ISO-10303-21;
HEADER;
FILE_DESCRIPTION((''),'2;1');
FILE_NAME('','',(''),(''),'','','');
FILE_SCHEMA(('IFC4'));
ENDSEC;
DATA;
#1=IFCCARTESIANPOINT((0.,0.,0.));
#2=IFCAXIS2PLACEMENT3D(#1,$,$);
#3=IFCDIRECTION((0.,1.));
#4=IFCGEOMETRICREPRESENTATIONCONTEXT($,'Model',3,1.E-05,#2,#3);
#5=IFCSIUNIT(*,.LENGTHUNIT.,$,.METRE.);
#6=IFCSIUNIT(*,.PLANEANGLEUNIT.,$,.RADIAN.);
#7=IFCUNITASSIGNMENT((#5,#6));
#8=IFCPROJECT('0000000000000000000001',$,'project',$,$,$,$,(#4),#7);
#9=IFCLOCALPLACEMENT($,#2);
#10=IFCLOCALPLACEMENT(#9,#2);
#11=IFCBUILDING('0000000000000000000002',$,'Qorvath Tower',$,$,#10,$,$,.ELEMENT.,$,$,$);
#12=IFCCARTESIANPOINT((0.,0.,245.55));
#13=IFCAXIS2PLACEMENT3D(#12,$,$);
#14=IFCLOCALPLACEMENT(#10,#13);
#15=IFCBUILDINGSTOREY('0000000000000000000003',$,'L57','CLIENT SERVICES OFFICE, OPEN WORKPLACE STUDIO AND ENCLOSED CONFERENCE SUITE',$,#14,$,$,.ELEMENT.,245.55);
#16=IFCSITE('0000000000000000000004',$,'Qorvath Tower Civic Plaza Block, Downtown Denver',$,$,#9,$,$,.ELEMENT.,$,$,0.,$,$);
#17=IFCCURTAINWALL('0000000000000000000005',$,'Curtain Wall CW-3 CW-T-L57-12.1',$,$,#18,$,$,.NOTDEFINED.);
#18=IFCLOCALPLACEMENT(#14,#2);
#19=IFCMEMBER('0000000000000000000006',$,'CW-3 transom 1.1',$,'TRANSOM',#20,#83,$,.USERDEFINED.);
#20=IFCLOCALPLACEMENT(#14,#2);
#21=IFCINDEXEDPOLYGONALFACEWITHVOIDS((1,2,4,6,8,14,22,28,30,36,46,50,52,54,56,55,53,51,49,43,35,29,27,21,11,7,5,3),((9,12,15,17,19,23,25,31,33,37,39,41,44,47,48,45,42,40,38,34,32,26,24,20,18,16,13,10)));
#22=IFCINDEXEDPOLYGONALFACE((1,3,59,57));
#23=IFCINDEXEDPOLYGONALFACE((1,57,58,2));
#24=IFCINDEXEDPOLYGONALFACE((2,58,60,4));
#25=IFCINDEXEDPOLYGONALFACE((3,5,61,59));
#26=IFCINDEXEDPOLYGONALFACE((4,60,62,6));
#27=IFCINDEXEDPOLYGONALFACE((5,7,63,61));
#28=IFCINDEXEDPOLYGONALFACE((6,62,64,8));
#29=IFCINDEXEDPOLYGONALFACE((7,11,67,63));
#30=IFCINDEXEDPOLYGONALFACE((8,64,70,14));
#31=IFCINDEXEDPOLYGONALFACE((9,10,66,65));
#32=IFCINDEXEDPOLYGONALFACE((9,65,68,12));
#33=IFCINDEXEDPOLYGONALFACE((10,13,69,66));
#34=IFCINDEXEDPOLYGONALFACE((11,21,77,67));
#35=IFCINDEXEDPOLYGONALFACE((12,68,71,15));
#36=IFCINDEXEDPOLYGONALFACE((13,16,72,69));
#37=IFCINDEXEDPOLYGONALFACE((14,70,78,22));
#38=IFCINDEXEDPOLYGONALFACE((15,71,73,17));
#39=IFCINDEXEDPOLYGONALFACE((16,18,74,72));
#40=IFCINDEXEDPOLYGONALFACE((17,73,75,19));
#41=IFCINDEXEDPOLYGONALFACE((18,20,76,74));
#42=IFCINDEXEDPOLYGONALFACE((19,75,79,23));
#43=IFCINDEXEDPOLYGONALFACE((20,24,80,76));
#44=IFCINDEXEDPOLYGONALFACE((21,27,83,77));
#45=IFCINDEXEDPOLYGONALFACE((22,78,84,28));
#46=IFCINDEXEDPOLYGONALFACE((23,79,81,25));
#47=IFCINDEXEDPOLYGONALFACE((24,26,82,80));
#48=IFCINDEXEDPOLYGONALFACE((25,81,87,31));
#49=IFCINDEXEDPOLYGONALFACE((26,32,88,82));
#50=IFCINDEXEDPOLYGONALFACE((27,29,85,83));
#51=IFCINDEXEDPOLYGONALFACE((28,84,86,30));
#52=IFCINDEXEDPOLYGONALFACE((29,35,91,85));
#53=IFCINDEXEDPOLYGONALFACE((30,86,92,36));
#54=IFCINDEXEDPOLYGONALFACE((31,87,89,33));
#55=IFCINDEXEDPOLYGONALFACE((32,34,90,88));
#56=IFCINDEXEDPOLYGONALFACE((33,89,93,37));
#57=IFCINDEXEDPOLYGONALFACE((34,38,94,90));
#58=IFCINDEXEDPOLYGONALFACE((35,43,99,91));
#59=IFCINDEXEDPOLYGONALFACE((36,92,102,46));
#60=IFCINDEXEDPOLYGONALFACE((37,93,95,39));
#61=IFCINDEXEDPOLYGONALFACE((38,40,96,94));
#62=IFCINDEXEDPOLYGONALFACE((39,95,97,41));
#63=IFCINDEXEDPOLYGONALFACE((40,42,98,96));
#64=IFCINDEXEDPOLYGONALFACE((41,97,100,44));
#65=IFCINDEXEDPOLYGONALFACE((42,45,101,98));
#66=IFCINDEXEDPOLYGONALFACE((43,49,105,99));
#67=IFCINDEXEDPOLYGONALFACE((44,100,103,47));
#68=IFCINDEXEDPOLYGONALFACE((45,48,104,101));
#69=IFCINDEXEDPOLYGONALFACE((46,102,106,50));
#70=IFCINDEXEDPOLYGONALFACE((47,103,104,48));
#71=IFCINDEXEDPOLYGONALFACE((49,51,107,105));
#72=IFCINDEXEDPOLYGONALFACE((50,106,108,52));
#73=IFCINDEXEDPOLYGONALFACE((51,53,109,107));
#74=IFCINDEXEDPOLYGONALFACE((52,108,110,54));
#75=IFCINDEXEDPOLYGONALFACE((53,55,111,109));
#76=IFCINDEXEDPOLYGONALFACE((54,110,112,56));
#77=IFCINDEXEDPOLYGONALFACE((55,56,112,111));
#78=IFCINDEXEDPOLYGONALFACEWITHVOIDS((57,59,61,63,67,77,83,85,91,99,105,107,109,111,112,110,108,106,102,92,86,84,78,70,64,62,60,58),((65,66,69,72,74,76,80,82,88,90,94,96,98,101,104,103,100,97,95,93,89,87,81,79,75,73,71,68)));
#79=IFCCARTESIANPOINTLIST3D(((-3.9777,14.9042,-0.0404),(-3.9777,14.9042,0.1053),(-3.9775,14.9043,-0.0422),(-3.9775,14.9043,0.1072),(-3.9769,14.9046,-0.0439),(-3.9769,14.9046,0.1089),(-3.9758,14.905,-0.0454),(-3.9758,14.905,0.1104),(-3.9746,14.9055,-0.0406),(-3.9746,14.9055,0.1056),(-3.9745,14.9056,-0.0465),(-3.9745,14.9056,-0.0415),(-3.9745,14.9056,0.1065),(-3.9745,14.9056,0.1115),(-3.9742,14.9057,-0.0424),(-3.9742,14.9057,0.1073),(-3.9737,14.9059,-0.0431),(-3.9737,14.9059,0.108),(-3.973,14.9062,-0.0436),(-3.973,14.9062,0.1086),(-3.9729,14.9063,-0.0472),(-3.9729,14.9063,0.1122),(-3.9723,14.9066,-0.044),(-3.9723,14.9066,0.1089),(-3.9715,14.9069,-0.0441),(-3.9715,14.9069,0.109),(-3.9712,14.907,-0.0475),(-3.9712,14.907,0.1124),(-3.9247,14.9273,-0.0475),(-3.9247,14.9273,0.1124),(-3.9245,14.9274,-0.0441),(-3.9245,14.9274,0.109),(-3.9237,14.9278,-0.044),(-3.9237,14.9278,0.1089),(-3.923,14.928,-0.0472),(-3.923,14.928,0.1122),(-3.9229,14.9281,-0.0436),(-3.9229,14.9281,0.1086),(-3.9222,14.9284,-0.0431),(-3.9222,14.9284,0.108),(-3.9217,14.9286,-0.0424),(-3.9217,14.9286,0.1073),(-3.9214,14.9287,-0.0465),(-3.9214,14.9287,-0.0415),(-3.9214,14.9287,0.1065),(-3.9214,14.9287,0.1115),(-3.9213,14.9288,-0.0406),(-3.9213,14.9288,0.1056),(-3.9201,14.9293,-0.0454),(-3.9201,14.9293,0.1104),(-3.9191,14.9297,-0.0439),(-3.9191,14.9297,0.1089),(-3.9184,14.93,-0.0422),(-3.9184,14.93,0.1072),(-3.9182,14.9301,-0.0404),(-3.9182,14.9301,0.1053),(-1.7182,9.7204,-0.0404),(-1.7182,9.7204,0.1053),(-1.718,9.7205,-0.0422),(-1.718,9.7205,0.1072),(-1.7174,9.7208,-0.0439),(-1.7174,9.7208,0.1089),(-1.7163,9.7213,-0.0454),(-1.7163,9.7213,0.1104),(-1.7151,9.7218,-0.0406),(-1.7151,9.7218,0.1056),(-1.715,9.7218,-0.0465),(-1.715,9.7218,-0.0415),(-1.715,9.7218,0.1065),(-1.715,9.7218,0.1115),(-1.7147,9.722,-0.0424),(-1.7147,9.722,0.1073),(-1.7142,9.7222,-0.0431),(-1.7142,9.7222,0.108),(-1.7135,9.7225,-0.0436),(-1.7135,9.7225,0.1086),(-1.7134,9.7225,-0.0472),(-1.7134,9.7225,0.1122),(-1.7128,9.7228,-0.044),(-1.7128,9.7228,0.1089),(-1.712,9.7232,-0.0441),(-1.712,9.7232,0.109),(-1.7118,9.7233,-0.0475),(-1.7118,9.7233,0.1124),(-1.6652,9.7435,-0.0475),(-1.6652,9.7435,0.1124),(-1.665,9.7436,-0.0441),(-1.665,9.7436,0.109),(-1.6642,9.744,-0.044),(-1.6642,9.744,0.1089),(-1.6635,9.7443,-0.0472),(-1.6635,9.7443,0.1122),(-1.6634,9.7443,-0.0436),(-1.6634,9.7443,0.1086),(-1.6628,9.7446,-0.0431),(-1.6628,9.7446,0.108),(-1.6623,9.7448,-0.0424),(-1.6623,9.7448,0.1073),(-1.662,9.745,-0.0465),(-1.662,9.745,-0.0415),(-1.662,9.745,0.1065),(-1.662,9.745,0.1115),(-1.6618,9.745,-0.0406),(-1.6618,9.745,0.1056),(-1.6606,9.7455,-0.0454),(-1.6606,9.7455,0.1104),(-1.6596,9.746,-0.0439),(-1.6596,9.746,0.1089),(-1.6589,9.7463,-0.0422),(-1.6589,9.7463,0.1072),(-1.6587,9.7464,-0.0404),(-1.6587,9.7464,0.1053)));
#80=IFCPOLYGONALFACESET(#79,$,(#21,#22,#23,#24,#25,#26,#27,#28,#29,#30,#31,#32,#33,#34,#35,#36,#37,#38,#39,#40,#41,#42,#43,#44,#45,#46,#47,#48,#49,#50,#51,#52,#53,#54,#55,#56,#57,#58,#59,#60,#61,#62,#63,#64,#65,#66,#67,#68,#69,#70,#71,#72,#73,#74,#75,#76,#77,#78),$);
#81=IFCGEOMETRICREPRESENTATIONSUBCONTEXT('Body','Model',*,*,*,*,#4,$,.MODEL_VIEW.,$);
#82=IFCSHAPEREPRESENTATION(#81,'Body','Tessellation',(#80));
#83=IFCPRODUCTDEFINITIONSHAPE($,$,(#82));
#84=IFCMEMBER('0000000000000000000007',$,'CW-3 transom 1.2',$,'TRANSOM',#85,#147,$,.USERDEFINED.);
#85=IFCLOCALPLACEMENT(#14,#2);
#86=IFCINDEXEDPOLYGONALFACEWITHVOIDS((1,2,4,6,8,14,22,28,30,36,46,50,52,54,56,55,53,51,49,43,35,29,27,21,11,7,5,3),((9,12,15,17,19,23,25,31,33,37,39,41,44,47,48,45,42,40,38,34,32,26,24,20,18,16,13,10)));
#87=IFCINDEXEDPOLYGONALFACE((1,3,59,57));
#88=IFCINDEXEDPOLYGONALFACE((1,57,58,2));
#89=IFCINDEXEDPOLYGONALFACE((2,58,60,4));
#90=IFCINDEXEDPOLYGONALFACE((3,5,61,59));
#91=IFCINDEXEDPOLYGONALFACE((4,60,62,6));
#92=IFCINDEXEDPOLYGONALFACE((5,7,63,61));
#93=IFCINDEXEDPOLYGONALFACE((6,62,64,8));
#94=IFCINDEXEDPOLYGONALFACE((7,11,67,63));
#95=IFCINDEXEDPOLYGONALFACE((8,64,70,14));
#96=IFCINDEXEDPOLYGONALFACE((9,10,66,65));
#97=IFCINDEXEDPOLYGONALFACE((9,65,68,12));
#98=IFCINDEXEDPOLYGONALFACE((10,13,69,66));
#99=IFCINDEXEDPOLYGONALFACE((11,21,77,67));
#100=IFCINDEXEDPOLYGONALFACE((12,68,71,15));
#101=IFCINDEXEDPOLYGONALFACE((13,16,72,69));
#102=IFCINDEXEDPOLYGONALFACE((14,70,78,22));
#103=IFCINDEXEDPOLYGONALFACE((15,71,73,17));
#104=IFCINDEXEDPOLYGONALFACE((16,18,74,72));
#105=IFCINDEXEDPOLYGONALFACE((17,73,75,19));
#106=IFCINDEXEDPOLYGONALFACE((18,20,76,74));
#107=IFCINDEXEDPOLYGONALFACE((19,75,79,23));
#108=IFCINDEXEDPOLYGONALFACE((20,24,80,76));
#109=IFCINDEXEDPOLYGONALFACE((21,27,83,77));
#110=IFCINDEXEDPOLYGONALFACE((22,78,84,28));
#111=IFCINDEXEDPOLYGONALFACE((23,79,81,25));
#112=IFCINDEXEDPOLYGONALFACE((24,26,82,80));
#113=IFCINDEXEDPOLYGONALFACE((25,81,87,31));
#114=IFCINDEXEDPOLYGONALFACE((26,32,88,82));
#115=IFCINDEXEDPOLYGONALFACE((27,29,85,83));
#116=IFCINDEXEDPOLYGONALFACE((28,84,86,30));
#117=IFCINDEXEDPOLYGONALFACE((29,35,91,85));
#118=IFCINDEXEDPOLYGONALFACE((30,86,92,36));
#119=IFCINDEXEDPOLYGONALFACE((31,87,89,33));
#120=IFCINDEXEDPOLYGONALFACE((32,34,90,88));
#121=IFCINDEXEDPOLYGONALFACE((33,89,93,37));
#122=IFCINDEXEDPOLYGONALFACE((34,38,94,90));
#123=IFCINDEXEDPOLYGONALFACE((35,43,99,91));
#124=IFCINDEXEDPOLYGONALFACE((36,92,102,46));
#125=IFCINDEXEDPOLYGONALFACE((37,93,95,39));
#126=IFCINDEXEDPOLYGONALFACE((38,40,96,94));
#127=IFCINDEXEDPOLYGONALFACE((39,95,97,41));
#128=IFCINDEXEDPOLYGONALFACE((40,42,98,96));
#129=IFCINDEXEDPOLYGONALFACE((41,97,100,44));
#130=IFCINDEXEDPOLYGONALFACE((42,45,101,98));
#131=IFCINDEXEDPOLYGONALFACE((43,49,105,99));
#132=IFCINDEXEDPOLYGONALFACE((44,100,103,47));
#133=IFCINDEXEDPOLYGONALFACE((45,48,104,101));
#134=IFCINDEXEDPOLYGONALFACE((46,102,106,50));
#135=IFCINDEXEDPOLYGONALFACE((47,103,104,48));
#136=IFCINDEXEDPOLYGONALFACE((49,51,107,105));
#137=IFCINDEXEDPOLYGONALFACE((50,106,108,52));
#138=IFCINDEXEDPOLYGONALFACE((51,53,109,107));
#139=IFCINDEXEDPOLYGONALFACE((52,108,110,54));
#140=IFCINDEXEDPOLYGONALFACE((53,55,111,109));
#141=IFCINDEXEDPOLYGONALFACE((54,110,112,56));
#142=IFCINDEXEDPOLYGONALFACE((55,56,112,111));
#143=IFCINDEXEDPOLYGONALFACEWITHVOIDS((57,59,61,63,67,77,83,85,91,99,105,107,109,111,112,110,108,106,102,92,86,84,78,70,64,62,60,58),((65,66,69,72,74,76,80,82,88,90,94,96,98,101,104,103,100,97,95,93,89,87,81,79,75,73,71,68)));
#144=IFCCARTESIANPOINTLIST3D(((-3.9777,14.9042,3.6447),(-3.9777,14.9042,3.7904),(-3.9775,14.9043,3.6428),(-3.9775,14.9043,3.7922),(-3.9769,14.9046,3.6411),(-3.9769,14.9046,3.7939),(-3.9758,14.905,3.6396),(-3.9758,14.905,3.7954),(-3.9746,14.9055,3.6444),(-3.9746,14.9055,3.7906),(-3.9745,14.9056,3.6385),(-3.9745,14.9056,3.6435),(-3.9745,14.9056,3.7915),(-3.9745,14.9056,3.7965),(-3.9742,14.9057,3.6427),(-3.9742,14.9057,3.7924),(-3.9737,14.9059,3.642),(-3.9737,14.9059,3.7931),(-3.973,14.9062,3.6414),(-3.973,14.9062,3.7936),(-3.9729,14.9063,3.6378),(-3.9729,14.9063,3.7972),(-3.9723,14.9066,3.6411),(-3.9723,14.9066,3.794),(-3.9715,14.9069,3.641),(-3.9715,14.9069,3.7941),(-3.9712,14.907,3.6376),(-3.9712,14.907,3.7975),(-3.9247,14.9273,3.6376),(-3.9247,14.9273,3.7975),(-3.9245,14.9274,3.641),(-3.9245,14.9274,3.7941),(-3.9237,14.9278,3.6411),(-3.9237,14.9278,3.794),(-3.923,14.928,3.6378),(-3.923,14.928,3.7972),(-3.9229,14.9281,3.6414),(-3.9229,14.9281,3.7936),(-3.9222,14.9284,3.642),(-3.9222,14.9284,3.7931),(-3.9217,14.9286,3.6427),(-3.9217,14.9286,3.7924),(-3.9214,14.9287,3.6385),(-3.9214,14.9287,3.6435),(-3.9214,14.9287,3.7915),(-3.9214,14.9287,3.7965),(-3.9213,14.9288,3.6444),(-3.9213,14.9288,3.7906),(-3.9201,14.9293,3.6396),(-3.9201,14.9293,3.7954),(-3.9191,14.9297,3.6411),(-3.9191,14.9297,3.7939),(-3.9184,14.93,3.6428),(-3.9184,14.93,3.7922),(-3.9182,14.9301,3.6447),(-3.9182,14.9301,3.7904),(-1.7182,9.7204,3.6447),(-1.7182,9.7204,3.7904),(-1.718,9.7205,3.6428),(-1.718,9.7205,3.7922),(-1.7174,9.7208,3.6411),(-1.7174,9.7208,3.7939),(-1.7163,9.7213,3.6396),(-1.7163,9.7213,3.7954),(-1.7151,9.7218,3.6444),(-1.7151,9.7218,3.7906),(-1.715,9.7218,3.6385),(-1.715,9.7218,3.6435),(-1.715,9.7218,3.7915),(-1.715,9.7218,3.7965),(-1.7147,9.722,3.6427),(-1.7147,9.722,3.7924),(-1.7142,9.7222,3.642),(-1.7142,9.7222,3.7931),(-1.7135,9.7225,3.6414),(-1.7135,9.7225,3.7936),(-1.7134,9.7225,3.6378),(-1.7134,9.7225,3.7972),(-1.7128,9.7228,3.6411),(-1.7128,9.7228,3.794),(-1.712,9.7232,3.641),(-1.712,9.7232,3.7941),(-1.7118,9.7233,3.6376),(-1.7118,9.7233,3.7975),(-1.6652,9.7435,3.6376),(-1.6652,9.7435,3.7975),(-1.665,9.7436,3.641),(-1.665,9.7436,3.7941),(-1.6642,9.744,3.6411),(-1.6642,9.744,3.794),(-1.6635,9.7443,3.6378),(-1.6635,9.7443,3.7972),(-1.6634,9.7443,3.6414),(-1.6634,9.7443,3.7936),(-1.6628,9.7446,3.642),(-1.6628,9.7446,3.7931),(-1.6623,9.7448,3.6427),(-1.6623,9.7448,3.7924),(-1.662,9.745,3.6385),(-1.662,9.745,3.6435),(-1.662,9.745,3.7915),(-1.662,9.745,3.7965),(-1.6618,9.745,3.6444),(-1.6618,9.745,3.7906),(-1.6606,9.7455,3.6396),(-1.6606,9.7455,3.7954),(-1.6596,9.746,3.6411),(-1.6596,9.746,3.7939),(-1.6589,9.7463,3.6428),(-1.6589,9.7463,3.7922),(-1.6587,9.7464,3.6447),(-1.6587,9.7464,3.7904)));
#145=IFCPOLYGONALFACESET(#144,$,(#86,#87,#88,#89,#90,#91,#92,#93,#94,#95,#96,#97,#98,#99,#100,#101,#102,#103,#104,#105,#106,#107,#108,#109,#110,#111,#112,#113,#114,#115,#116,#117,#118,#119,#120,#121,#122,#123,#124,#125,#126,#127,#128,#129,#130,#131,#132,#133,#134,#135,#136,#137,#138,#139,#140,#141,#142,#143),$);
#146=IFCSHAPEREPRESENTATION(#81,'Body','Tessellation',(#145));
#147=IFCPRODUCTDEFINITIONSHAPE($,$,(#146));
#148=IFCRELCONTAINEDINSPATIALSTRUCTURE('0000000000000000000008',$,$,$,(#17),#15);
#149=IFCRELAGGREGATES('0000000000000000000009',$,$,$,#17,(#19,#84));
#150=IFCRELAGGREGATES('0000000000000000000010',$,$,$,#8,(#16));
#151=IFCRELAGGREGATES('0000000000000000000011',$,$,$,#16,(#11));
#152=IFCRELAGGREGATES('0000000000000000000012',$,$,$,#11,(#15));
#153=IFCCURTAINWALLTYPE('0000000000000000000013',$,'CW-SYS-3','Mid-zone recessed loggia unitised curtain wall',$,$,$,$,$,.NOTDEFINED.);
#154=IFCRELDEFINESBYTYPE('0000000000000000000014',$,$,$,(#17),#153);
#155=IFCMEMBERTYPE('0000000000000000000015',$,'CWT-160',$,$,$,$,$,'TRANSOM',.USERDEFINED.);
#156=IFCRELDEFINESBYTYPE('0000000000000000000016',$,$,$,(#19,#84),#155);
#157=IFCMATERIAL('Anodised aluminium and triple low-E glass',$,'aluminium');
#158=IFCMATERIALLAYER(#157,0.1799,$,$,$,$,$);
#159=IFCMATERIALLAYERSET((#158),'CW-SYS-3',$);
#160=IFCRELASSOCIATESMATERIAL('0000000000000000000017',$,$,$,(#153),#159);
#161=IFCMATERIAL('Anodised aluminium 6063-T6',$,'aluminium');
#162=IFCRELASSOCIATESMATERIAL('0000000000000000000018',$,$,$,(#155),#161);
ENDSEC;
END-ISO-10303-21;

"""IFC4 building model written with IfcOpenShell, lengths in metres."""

from ifc_helpers import new_model, si_unit, direction, frame, origin, origin_2d, place, context, subcontext, project, spatial, hollow_rectangle, extrude, material, layer, layer_set, material_profile, profile_set, type_object, element, aggregate, save


model = new_model("IFC4")

# Units and contexts
model_context = context("Model", 3, precision=1e-05, world=origin(), true_north=direction((0.0, 1.0)))
body_context = subcontext(model_context, "Body", "Model", "MODEL_VIEW")
ifc_project = project(units=[si_unit("LENGTHUNIT", "METRE"), si_unit("PLANEANGLEUNIT", "RADIAN")], contexts=[model_context])

# Site, building, storey
site_placement = place(None, origin())
site = spatial("IfcSite", under=ifc_project, at=site_placement, Name="Qorvath Tower Civic Plaza Block, Downtown Denver", CompositionType="ELEMENT", RefElevation=0.0)
building_placement = place(site_placement, origin())
building = spatial("IfcBuilding", under=site, at=building_placement, Name="Qorvath Tower", CompositionType="ELEMENT")
storey_placement = place(building_placement, frame((0.0, 0.0, 245.55)))
storey = spatial("IfcBuildingStorey", under=building, at=storey_placement, Name="L57", Description="CLIENT SERVICES OFFICE, OPEN WORKPLACE STUDIO AND ENCLOSED CONFERENCE SUITE", CompositionType="ELEMENT", Elevation=245.55)

# Shared definitions
ifc_material_1 = material(Name="Anodised aluminium and triple low-E glass", Category="aluminium")
ifc_layer_1 = layer(ifc_material_1, 0.1799)
ifc_layer_set_1 = layer_set([ifc_layer_1], Name="CW-SYS-3")
curtain_wall_type = type_object("IfcCurtainWallType", Name="CW-SYS-3", Description="Mid-zone recessed loggia unitised curtain wall", PredefinedType="NOTDEFINED", material=ifc_layer_set_1)

# Curtain wall
curtain_wall_1_placement = place(storey_placement, origin())
curtain_wall_1 = element("IfcCurtainWall", 1, at=curtain_wall_1_placement, inside=storey, type_object=curtain_wall_type, Name="Curtain Wall CW-3 CW-T-L57-12.1", PredefinedType="NOTDEFINED")

# Members
ifc_material_2 = material(Name="Anodised aluminium 6063-T6", Category="aluminium")
ifc_material_profile_1 = material_profile(ifc_material_2, hollow_rectangle(XDim=0.0649, YDim=0.1599, WallThickness=0.0034, InnerFilletRadius=0.0034, OuterFilletRadius=0.0071, at=origin_2d()), Name="CWT 160x65")
ifc_profile_set_1 = profile_set([ifc_material_profile_1], Name="Anodised aluminium 6063-T6")
member_type_1 = type_object("IfcMemberType", Name="CWT-160", ElementType="TRANSOM", PredefinedType="USERDEFINED", material=ifc_profile_set_1)
member_1_placement = place(storey_placement, frame((-1.6885, 9.7334, 0.0325), z_axis=(-0.399571, 0.916702, 0.0), x_axis=(-0.916702, -0.399571, 0.0)))
member_1 = element("IfcMember", 2, at=member_1_placement, type_object=member_type_1, Name="CW-3 transom 1.1", ObjectType="TRANSOM", PredefinedType="USERDEFINED", context=body_context, shape_type="SweptSolid", body=[
    extrude(hollow_rectangle(XDim=0.0649, YDim=0.1599, WallThickness=0.0034, InnerFilletRadius=0.0034, OuterFilletRadius=0.0071, at=origin_2d()), origin(), (0.0, 0.0, 1.0), 5.6548),
])
member_2_placement = place(storey_placement, frame((-1.6885, 9.7334, 3.7175), z_axis=(-0.399571, 0.916702, 0.0), x_axis=(-0.916702, -0.399571, 0.0)))
member_2 = element("IfcMember", 3, at=member_2_placement, type_object=member_type_1, Name="CW-3 transom 1.2", ObjectType="TRANSOM", PredefinedType="USERDEFINED", context=body_context, shape_type="SweptSolid", body=[
    extrude(hollow_rectangle(XDim=0.0649, YDim=0.1599, WallThickness=0.0034, InnerFilletRadius=0.0034, OuterFilletRadius=0.0071, at=origin_2d()), origin(), (0.0, 0.0, 1.0), 5.6548),
])

aggregate(curtain_wall_1, [member_1, member_2])

save(model, "model.ifc")
